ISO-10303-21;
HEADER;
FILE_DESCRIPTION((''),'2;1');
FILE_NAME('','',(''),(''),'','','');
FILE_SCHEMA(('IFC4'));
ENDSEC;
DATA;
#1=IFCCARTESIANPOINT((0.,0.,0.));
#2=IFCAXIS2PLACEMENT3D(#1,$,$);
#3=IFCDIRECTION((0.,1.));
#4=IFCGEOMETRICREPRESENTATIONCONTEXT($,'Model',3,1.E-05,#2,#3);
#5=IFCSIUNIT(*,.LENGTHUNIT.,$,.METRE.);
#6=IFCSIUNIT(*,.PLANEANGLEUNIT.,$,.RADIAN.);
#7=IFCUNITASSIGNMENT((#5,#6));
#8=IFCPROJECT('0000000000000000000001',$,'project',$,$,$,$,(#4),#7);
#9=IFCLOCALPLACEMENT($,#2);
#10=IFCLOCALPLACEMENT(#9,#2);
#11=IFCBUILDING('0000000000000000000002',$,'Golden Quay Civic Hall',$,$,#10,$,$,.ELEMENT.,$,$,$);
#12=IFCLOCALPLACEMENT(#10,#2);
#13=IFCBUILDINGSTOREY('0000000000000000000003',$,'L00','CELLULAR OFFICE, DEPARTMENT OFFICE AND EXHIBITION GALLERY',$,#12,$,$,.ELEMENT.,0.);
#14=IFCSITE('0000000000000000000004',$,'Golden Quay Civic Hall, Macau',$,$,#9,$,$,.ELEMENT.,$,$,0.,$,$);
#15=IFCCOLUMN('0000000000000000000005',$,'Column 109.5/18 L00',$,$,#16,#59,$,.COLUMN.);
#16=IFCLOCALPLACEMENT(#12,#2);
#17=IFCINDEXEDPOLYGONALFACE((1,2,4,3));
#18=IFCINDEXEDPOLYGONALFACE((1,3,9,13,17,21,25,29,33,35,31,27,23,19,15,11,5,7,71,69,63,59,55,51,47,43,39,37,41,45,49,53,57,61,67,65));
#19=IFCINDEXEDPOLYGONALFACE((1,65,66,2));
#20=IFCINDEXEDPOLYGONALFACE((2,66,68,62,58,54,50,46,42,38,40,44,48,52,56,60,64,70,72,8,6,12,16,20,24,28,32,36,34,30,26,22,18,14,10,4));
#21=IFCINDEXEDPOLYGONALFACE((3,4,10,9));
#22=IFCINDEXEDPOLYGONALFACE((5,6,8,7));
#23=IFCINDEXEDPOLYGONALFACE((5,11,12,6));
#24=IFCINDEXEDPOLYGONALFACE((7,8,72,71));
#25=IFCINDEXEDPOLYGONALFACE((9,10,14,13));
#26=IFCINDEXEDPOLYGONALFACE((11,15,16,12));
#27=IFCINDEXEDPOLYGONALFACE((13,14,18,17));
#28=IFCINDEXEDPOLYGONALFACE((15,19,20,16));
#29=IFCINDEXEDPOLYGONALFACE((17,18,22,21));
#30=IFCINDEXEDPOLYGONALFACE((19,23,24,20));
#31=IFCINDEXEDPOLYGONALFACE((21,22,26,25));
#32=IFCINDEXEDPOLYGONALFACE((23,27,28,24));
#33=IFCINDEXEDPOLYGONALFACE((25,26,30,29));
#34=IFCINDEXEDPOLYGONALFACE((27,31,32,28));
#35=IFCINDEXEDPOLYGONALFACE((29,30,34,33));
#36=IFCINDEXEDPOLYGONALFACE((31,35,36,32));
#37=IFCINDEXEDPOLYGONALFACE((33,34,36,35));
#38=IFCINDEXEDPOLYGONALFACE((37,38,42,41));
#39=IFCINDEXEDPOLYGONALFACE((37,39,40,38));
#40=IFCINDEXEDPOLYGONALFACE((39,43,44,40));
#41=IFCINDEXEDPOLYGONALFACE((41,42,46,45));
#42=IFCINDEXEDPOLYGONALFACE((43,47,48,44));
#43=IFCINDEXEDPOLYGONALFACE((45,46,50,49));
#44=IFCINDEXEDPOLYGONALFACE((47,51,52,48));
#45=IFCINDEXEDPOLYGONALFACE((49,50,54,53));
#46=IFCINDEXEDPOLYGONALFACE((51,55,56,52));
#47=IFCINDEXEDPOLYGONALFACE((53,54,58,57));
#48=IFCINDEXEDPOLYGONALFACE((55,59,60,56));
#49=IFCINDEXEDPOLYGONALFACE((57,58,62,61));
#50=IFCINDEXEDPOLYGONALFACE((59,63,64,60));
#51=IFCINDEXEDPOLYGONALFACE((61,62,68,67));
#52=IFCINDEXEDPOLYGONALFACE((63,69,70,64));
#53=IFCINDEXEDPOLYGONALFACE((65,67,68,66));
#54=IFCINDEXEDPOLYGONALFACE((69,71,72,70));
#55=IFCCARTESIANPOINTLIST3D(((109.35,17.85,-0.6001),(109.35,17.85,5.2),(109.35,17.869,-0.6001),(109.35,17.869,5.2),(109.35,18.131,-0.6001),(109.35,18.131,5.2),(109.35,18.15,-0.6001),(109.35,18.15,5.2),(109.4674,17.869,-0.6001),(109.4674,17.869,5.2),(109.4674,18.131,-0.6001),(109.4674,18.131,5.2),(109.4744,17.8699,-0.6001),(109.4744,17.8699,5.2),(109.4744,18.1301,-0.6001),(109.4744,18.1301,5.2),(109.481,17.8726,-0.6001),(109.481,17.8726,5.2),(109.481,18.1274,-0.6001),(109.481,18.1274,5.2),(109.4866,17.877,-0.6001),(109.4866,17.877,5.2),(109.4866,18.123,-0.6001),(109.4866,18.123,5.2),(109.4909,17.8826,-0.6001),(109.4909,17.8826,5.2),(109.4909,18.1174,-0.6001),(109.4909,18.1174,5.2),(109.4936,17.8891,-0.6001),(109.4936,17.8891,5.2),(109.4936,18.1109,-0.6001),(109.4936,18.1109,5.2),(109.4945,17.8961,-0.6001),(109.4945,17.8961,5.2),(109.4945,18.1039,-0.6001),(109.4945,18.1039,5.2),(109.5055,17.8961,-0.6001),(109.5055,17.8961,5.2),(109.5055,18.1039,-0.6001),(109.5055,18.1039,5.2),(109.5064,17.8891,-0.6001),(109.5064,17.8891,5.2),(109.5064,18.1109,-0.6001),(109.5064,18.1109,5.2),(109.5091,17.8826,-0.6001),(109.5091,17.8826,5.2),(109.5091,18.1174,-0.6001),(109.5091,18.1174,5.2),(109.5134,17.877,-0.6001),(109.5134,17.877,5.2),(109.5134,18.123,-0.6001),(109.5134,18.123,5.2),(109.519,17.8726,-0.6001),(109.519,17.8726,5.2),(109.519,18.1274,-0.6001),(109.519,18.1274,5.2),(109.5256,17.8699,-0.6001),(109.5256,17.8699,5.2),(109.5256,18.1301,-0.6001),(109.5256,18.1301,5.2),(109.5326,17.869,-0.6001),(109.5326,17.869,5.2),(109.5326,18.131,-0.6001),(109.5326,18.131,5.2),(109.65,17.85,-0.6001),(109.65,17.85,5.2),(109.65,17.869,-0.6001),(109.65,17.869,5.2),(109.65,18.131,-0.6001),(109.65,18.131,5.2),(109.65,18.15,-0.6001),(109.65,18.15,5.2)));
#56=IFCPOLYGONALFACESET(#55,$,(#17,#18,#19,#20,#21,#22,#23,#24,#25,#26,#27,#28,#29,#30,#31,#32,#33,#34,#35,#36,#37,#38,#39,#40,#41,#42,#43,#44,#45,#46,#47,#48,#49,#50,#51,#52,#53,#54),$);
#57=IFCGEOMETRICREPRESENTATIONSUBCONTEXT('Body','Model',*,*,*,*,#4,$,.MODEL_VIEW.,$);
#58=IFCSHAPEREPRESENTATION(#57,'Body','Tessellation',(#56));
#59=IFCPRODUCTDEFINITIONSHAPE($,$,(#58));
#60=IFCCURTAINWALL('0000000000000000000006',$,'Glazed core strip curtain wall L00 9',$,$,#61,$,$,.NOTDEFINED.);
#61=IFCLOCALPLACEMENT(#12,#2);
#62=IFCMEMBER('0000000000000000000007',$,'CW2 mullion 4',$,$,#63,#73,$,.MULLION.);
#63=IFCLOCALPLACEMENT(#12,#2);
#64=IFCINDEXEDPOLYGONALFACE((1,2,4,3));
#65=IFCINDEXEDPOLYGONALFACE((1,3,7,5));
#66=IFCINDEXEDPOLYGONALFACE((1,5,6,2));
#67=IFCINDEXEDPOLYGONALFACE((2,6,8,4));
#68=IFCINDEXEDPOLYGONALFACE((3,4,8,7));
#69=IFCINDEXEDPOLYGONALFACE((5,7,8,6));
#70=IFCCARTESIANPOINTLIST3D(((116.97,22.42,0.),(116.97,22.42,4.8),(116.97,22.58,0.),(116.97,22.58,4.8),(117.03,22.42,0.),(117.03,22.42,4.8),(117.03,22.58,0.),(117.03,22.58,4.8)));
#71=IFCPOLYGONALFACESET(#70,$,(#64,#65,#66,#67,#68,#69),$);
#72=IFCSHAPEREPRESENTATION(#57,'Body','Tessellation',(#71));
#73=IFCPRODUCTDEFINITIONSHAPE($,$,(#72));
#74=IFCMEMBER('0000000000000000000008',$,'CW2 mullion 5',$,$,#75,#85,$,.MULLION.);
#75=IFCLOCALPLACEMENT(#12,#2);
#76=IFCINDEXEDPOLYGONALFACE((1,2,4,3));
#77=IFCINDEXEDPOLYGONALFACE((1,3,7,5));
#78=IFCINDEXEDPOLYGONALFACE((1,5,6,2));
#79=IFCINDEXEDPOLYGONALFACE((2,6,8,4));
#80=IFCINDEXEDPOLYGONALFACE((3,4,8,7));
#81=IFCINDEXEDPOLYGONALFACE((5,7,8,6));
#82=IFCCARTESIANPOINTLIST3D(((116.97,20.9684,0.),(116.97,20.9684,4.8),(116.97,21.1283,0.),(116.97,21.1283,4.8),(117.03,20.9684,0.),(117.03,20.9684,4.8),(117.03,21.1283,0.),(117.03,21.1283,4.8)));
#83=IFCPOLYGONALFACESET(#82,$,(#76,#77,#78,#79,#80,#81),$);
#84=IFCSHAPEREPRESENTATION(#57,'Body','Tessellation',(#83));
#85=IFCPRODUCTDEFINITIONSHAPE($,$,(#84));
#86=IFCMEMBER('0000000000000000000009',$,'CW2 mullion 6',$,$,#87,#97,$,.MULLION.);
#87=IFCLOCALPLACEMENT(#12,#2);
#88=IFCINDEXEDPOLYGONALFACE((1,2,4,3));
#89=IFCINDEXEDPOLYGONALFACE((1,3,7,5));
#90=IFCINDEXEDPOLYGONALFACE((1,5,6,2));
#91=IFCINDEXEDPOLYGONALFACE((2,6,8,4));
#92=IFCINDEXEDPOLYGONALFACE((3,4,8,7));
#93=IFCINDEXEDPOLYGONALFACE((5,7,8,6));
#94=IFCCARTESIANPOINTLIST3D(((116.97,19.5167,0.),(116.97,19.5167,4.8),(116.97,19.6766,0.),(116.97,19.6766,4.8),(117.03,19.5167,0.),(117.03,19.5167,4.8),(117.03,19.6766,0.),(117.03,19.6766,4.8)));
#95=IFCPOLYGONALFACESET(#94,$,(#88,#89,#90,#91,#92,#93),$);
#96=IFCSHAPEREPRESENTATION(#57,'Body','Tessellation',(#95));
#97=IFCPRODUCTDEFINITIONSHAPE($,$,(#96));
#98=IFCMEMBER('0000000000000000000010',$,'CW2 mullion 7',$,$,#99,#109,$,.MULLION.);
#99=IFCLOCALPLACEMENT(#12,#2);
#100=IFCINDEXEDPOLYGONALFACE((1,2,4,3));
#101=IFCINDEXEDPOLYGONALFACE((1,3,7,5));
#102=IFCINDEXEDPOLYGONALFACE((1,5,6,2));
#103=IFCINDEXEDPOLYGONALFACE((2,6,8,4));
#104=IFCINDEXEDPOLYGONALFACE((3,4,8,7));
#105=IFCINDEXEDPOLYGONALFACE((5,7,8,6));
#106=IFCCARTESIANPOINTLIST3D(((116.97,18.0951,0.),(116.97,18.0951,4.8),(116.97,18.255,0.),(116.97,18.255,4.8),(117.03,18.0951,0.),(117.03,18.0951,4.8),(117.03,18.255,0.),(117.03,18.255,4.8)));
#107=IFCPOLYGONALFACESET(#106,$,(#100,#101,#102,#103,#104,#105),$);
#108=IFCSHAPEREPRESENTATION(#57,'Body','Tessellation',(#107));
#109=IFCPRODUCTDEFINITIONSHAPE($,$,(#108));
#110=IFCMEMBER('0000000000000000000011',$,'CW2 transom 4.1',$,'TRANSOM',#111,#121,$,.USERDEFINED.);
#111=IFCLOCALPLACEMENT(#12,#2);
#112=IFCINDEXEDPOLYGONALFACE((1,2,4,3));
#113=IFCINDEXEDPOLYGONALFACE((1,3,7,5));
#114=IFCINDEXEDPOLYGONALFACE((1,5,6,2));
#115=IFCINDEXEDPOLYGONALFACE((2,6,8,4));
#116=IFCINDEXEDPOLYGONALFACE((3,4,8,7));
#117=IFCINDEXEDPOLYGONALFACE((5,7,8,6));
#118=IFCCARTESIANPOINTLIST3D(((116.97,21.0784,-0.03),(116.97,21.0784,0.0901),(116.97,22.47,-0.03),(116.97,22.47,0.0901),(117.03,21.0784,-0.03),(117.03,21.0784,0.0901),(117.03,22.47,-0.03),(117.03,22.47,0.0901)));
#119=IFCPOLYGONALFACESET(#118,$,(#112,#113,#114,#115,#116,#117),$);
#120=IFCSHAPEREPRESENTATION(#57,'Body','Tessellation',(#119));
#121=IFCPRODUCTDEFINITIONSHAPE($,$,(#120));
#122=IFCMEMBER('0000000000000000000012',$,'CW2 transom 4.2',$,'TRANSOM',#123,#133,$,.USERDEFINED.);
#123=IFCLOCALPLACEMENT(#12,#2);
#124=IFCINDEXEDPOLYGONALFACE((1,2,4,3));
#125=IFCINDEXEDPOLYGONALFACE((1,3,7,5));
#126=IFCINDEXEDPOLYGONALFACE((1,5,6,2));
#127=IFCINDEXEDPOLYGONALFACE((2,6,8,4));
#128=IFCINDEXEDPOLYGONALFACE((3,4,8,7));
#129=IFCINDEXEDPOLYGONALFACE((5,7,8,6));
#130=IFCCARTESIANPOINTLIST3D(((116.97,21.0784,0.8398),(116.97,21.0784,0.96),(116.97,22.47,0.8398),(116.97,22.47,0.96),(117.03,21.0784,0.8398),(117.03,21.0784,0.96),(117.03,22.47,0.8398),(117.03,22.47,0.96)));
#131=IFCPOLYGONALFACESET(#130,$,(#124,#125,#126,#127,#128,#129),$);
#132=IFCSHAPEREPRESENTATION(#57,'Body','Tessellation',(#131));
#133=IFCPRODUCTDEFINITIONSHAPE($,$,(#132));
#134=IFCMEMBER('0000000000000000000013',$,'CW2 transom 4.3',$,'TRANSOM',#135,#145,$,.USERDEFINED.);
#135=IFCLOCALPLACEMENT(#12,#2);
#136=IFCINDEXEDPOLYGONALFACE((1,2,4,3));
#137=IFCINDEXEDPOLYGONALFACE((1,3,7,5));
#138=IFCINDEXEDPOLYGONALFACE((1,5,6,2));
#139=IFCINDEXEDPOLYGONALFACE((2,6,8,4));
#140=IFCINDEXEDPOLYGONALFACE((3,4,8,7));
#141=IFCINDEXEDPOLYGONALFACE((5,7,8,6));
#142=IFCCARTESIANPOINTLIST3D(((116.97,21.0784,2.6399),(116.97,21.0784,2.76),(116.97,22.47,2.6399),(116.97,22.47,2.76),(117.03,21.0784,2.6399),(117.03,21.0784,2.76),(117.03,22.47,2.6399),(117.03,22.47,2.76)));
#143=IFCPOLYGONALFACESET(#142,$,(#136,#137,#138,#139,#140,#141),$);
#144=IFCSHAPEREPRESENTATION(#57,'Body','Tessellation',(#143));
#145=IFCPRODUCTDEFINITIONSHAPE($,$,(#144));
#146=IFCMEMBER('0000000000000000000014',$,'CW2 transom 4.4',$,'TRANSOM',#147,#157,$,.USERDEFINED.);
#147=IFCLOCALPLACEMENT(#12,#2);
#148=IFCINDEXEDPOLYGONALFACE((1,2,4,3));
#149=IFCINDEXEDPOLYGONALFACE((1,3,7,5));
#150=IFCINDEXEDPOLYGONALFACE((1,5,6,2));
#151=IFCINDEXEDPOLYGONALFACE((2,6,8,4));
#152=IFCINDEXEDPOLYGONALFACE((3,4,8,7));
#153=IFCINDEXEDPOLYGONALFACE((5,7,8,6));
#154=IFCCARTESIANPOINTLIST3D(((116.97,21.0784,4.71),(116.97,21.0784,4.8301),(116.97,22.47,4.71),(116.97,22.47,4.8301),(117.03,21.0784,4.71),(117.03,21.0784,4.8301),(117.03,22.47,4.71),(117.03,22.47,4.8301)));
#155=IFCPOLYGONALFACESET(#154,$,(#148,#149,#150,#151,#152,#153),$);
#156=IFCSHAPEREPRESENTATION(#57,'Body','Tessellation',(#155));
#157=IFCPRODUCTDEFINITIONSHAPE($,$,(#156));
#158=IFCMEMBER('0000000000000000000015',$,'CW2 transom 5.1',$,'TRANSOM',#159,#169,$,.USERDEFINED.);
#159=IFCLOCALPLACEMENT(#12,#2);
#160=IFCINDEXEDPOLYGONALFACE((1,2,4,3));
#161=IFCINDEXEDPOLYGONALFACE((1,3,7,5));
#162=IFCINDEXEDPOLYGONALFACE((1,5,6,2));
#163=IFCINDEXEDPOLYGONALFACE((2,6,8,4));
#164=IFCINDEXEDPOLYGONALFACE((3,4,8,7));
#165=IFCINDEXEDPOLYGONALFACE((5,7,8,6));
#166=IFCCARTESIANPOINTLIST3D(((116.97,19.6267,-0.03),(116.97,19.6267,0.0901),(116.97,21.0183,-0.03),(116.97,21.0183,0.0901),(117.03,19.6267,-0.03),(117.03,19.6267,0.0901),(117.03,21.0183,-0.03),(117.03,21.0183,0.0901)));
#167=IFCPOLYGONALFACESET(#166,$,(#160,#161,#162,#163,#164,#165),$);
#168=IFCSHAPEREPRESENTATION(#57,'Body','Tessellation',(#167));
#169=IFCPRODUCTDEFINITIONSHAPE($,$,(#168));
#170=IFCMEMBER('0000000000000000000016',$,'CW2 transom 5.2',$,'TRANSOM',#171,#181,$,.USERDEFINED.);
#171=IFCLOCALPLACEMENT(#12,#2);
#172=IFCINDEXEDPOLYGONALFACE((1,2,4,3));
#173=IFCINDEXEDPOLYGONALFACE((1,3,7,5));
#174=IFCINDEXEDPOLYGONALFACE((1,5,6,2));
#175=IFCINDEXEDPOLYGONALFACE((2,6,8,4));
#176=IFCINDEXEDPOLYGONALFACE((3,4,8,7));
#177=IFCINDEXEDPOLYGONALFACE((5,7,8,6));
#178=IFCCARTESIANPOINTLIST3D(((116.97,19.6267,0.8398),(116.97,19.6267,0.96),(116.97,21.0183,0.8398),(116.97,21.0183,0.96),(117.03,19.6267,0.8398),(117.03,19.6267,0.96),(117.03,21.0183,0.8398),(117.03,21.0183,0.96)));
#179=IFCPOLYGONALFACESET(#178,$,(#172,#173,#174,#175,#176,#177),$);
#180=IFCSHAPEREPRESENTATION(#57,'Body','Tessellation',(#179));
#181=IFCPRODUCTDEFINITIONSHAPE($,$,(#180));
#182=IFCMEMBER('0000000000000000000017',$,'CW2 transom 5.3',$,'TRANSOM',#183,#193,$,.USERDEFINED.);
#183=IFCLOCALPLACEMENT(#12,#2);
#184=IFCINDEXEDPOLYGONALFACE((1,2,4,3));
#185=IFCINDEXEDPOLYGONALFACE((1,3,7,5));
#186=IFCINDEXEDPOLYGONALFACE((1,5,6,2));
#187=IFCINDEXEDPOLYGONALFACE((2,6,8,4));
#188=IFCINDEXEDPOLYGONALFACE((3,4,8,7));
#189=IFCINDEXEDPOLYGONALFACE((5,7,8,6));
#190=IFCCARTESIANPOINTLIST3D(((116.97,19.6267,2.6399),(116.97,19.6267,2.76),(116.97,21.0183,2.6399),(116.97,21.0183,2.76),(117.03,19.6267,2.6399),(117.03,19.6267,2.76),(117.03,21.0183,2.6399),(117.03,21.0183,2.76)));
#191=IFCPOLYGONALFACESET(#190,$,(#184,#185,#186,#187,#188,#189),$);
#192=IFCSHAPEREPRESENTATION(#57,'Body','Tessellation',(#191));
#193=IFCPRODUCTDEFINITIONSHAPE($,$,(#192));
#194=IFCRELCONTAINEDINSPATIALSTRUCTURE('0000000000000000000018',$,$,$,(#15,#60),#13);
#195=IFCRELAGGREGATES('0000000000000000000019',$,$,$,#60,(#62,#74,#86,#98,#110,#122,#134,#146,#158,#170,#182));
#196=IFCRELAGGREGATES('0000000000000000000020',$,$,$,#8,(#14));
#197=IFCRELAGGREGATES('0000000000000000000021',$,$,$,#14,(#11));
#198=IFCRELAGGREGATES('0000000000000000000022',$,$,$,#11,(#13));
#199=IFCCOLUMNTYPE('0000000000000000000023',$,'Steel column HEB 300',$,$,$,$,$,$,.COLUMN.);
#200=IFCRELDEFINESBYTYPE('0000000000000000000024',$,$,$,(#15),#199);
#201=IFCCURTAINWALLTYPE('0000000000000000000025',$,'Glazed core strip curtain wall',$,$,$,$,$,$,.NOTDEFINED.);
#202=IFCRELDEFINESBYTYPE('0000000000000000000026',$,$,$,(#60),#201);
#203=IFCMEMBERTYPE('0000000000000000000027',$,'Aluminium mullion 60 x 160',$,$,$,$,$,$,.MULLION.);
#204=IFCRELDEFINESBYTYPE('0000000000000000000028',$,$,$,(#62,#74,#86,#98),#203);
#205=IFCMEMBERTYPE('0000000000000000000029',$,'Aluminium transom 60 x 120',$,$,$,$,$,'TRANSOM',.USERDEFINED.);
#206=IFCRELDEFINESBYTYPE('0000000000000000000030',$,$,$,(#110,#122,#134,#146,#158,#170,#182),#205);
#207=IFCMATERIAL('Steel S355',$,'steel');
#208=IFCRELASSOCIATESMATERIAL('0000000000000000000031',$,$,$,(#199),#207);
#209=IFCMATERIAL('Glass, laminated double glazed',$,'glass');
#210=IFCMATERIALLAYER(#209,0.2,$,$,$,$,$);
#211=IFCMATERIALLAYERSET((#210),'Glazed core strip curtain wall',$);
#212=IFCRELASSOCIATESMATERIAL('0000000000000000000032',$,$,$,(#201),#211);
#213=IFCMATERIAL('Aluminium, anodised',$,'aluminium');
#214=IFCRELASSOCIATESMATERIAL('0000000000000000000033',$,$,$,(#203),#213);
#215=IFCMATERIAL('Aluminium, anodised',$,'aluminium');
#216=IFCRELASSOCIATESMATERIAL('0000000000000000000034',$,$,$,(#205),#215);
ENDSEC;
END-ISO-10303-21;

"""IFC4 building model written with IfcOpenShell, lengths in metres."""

from ifc_helpers import new_model, si_unit, direction, frame, origin, origin_2d, place, context, subcontext, project, spatial, rectangle, i_section, extrude, material, layer, layer_set, material_profile, profile_set, type_object, element, aggregate, save


model = new_model("IFC4")

# Units and contexts
model_context = context("Model", 3, precision=1e-05, world=origin(), true_north=direction((0.0, 1.0)))
body_context = subcontext(model_context, "Body", "Model", "MODEL_VIEW")
ifc_project = project(units=[si_unit("LENGTHUNIT", "METRE"), si_unit("PLANEANGLEUNIT", "RADIAN")], contexts=[model_context])

# Site, building, storey
site_placement = place(None, origin())
site = spatial("IfcSite", under=ifc_project, at=site_placement, Name="Golden Quay Civic Hall, Macau", CompositionType="ELEMENT", RefElevation=0.0)
building_placement = place(site_placement, origin())
building = spatial("IfcBuilding", under=site, at=building_placement, Name="Golden Quay Civic Hall", CompositionType="ELEMENT")
storey_placement = place(building_placement, origin())
storey = spatial("IfcBuildingStorey", under=building, at=storey_placement, Name="L00", Description="CELLULAR OFFICE, DEPARTMENT OFFICE AND EXHIBITION GALLERY", CompositionType="ELEMENT", Elevation=0.0)

# Column
ifc_material_1 = material(Name="Steel S355", Category="steel")
ifc_material_profile_1 = material_profile(ifc_material_1, i_section(OverallWidth=0.3, OverallDepth=0.3, WebThickness=0.011, FlangeThickness=0.019, FilletRadius=0.0271, at=origin_2d()), Name="HEB 300")
ifc_profile_set_1 = profile_set([ifc_material_profile_1], Name="Steel S355")
column_type_1 = type_object("IfcColumnType", Name="Steel column HEB 300", PredefinedType="COLUMN", material=ifc_profile_set_1)
column_1_placement = place(storey_placement, frame((109.5, 18.0, -0.6001), z_axis=(0.0, 0.0, 1.0), x_axis=(1.0, 0.0, 0.0)))
element("IfcColumn", 1, at=column_1_placement, inside=storey, type_object=column_type_1, Name="Column 109.5/18 L00", PredefinedType="COLUMN", context=body_context, shape_type="SweptSolid", body=[
    extrude(i_section(OverallWidth=0.3, OverallDepth=0.3, WebThickness=0.011, FlangeThickness=0.019, FilletRadius=0.0271, at=origin_2d()), origin(), (0.0, 0.0, 1.0), 5.8),
])

# Curtain wall, members
ifc_material_2 = material(Name="Glass, laminated double glazed", Category="glass")
ifc_layer_1 = layer(ifc_material_2, 0.2)
ifc_layer_set_1 = layer_set([ifc_layer_1], Name="Glazed core strip curtain wall")
curtain_wall_type = type_object("IfcCurtainWallType", Name="Glazed core strip curtain wall", PredefinedType="NOTDEFINED", material=ifc_layer_set_1)
curtain_wall_placement = place(storey_placement, origin())
curtain_wall = element("IfcCurtainWall", 2, at=curtain_wall_placement, inside=storey, type_object=curtain_wall_type, Name="Glazed core strip curtain wall L00 9", PredefinedType="NOTDEFINED")
ifc_material_3 = material(Name="Aluminium, anodised", Category="aluminium")
ifc_material_profile_2 = material_profile(ifc_material_3, rectangle(XDim=0.0601, YDim=0.1599, at=origin_2d()), Name="Aluminium 60 x 160")
ifc_profile_set_2 = profile_set([ifc_material_profile_2], Name="Aluminium, anodised")
member_type_1 = type_object("IfcMemberType", Name="Aluminium mullion 60 x 160", PredefinedType="MULLION", material=ifc_profile_set_2)
member_1_placement = place(storey_placement, frame((117.0, 22.5, 0.0), z_axis=(0.0, 0.0, 1.0), x_axis=(1.0, 0.0, 0.0)))
member_1 = element("IfcMember", 3, at=member_1_placement, type_object=member_type_1, Name="CW2 mullion 4", PredefinedType="MULLION", context=body_context, shape_type="SweptSolid", body=[
    extrude(rectangle(XDim=0.0601, YDim=0.1599, at=origin_2d()), origin(), (0.0, 0.0, 1.0), 4.8),
])
member_2_placement = place(storey_placement, frame((117.0, 21.0483, 0.0), z_axis=(0.0, 0.0, 1.0), x_axis=(1.0, 0.0, 0.0)))
member_2 = element("IfcMember", 4, at=member_2_placement, type_object=member_type_1, Name="CW2 mullion 5", PredefinedType="MULLION", context=body_context, shape_type="SweptSolid", body=[
    extrude(rectangle(XDim=0.0601, YDim=0.1599, at=origin_2d()), origin(), (0.0, 0.0, 1.0), 4.8),
])
member_3_placement = place(storey_placement, frame((117.0, 19.5967, 0.0), z_axis=(0.0, 0.0, 1.0), x_axis=(1.0, 0.0, 0.0)))
member_3 = element("IfcMember", 5, at=member_3_placement, type_object=member_type_1, Name="CW2 mullion 6", PredefinedType="MULLION", context=body_context, shape_type="SweptSolid", body=[
    extrude(rectangle(XDim=0.0601, YDim=0.1599, at=origin_2d()), origin(), (0.0, 0.0, 1.0), 4.8),
])
member_4_placement = place(storey_placement, frame((117.0, 18.175, 0.0), z_axis=(0.0, 0.0, 1.0), x_axis=(1.0, 0.0, 0.0)))
member_4 = element("IfcMember", 6, at=member_4_placement, type_object=member_type_1, Name="CW2 mullion 7", PredefinedType="MULLION", context=body_context, shape_type="SweptSolid", body=[
    extrude(rectangle(XDim=0.0601, YDim=0.1599, at=origin_2d()), origin(), (0.0, 0.0, 1.0), 4.8),
])
ifc_material_4 = material(Name="Aluminium, anodised", Category="aluminium")
ifc_material_profile_3 = material_profile(ifc_material_4, rectangle(XDim=0.0601, YDim=0.1201, at=origin_2d()), Name="Aluminium 60 x 120")
ifc_profile_set_3 = profile_set([ifc_material_profile_3], Name="Aluminium, anodised")
member_type_2 = type_object("IfcMemberType", Name="Aluminium transom 60 x 120", ElementType="TRANSOM", PredefinedType="USERDEFINED", material=ifc_profile_set_3)
member_5_placement = place(storey_placement, frame((117.0, 22.47, 0.03), z_axis=(0.0, -1.0, 0.0), x_axis=(1.0, 0.0, 0.0)))
member_5 = element("IfcMember", 7, at=member_5_placement, type_object=member_type_2, Name="CW2 transom 4.1", ObjectType="TRANSOM", PredefinedType="USERDEFINED", context=body_context, shape_type="SweptSolid", body=[
    extrude(rectangle(XDim=0.0601, YDim=0.1201, at=origin_2d()), origin(), (0.0, 0.0, 1.0), 1.3916),
])
member_6_placement = place(storey_placement, frame((117.0, 22.47, 0.8999), z_axis=(0.0, -1.0, 0.0), x_axis=(1.0, 0.0, 0.0)))
member_6 = element("IfcMember", 8, at=member_6_placement, type_object=member_type_2, Name="CW2 transom 4.2", ObjectType="TRANSOM", PredefinedType="USERDEFINED", context=body_context, shape_type="SweptSolid", body=[
    extrude(rectangle(XDim=0.0601, YDim=0.1201, at=origin_2d()), origin(), (0.0, 0.0, 1.0), 1.3916),
])
member_7_placement = place(storey_placement, frame((117.0, 22.47, 2.7), z_axis=(0.0, -1.0, 0.0), x_axis=(1.0, 0.0, 0.0)))
member_7 = element("IfcMember", 9, at=member_7_placement, type_object=member_type_2, Name="CW2 transom 4.3", ObjectType="TRANSOM", PredefinedType="USERDEFINED", context=body_context, shape_type="SweptSolid", body=[
    extrude(rectangle(XDim=0.0601, YDim=0.1201, at=origin_2d()), origin(), (0.0, 0.0, 1.0), 1.3916),
])
member_8_placement = place(storey_placement, frame((117.0, 22.47, 4.77), z_axis=(0.0, -1.0, 0.0), x_axis=(1.0, 0.0, 0.0)))
member_8 = element("IfcMember", 10, at=member_8_placement, type_object=member_type_2, Name="CW2 transom 4.4", ObjectType="TRANSOM", PredefinedType="USERDEFINED", context=body_context, shape_type="SweptSolid", body=[
    extrude(rectangle(XDim=0.0601, YDim=0.1201, at=origin_2d()), origin(), (0.0, 0.0, 1.0), 1.3916),
])
member_9_placement = place(storey_placement, frame((117.0, 21.0183, 0.03), z_axis=(0.0, -1.0, 0.0), x_axis=(1.0, 0.0, 0.0)))
member_9 = element("IfcMember", 11, at=member_9_placement, type_object=member_type_2, Name="CW2 transom 5.1", ObjectType="TRANSOM", PredefinedType="USERDEFINED", context=body_context, shape_type="SweptSolid", body=[
    extrude(rectangle(XDim=0.0601, YDim=0.1201, at=origin_2d()), origin(), (0.0, 0.0, 1.0), 1.3916),
])
member_10_placement = place(storey_placement, frame((117.0, 21.0183, 0.8999), z_axis=(0.0, -1.0, 0.0), x_axis=(1.0, 0.0, 0.0)))
member_10 = element("IfcMember", 12, at=member_10_placement, type_object=member_type_2, Name="CW2 transom 5.2", ObjectType="TRANSOM", PredefinedType="USERDEFINED", context=body_context, shape_type="SweptSolid", body=[
    extrude(rectangle(XDim=0.0601, YDim=0.1201, at=origin_2d()), origin(), (0.0, 0.0, 1.0), 1.3916),
])
member_11_placement = place(storey_placement, frame((117.0, 21.0183, 2.7), z_axis=(0.0, -1.0, 0.0), x_axis=(1.0, 0.0, 0.0)))
member_11 = element("IfcMember", 13, at=member_11_placement, type_object=member_type_2, Name="CW2 transom 5.3", ObjectType="TRANSOM", PredefinedType="USERDEFINED", context=body_context, shape_type="SweptSolid", body=[
    extrude(rectangle(XDim=0.0601, YDim=0.1201, at=origin_2d()), origin(), (0.0, 0.0, 1.0), 1.3916),
])
aggregate(curtain_wall, [member_1, member_2, member_3, member_4, member_5, member_6, member_7, member_8, member_9, member_10, member_11])

save(model, "model.ifc")
